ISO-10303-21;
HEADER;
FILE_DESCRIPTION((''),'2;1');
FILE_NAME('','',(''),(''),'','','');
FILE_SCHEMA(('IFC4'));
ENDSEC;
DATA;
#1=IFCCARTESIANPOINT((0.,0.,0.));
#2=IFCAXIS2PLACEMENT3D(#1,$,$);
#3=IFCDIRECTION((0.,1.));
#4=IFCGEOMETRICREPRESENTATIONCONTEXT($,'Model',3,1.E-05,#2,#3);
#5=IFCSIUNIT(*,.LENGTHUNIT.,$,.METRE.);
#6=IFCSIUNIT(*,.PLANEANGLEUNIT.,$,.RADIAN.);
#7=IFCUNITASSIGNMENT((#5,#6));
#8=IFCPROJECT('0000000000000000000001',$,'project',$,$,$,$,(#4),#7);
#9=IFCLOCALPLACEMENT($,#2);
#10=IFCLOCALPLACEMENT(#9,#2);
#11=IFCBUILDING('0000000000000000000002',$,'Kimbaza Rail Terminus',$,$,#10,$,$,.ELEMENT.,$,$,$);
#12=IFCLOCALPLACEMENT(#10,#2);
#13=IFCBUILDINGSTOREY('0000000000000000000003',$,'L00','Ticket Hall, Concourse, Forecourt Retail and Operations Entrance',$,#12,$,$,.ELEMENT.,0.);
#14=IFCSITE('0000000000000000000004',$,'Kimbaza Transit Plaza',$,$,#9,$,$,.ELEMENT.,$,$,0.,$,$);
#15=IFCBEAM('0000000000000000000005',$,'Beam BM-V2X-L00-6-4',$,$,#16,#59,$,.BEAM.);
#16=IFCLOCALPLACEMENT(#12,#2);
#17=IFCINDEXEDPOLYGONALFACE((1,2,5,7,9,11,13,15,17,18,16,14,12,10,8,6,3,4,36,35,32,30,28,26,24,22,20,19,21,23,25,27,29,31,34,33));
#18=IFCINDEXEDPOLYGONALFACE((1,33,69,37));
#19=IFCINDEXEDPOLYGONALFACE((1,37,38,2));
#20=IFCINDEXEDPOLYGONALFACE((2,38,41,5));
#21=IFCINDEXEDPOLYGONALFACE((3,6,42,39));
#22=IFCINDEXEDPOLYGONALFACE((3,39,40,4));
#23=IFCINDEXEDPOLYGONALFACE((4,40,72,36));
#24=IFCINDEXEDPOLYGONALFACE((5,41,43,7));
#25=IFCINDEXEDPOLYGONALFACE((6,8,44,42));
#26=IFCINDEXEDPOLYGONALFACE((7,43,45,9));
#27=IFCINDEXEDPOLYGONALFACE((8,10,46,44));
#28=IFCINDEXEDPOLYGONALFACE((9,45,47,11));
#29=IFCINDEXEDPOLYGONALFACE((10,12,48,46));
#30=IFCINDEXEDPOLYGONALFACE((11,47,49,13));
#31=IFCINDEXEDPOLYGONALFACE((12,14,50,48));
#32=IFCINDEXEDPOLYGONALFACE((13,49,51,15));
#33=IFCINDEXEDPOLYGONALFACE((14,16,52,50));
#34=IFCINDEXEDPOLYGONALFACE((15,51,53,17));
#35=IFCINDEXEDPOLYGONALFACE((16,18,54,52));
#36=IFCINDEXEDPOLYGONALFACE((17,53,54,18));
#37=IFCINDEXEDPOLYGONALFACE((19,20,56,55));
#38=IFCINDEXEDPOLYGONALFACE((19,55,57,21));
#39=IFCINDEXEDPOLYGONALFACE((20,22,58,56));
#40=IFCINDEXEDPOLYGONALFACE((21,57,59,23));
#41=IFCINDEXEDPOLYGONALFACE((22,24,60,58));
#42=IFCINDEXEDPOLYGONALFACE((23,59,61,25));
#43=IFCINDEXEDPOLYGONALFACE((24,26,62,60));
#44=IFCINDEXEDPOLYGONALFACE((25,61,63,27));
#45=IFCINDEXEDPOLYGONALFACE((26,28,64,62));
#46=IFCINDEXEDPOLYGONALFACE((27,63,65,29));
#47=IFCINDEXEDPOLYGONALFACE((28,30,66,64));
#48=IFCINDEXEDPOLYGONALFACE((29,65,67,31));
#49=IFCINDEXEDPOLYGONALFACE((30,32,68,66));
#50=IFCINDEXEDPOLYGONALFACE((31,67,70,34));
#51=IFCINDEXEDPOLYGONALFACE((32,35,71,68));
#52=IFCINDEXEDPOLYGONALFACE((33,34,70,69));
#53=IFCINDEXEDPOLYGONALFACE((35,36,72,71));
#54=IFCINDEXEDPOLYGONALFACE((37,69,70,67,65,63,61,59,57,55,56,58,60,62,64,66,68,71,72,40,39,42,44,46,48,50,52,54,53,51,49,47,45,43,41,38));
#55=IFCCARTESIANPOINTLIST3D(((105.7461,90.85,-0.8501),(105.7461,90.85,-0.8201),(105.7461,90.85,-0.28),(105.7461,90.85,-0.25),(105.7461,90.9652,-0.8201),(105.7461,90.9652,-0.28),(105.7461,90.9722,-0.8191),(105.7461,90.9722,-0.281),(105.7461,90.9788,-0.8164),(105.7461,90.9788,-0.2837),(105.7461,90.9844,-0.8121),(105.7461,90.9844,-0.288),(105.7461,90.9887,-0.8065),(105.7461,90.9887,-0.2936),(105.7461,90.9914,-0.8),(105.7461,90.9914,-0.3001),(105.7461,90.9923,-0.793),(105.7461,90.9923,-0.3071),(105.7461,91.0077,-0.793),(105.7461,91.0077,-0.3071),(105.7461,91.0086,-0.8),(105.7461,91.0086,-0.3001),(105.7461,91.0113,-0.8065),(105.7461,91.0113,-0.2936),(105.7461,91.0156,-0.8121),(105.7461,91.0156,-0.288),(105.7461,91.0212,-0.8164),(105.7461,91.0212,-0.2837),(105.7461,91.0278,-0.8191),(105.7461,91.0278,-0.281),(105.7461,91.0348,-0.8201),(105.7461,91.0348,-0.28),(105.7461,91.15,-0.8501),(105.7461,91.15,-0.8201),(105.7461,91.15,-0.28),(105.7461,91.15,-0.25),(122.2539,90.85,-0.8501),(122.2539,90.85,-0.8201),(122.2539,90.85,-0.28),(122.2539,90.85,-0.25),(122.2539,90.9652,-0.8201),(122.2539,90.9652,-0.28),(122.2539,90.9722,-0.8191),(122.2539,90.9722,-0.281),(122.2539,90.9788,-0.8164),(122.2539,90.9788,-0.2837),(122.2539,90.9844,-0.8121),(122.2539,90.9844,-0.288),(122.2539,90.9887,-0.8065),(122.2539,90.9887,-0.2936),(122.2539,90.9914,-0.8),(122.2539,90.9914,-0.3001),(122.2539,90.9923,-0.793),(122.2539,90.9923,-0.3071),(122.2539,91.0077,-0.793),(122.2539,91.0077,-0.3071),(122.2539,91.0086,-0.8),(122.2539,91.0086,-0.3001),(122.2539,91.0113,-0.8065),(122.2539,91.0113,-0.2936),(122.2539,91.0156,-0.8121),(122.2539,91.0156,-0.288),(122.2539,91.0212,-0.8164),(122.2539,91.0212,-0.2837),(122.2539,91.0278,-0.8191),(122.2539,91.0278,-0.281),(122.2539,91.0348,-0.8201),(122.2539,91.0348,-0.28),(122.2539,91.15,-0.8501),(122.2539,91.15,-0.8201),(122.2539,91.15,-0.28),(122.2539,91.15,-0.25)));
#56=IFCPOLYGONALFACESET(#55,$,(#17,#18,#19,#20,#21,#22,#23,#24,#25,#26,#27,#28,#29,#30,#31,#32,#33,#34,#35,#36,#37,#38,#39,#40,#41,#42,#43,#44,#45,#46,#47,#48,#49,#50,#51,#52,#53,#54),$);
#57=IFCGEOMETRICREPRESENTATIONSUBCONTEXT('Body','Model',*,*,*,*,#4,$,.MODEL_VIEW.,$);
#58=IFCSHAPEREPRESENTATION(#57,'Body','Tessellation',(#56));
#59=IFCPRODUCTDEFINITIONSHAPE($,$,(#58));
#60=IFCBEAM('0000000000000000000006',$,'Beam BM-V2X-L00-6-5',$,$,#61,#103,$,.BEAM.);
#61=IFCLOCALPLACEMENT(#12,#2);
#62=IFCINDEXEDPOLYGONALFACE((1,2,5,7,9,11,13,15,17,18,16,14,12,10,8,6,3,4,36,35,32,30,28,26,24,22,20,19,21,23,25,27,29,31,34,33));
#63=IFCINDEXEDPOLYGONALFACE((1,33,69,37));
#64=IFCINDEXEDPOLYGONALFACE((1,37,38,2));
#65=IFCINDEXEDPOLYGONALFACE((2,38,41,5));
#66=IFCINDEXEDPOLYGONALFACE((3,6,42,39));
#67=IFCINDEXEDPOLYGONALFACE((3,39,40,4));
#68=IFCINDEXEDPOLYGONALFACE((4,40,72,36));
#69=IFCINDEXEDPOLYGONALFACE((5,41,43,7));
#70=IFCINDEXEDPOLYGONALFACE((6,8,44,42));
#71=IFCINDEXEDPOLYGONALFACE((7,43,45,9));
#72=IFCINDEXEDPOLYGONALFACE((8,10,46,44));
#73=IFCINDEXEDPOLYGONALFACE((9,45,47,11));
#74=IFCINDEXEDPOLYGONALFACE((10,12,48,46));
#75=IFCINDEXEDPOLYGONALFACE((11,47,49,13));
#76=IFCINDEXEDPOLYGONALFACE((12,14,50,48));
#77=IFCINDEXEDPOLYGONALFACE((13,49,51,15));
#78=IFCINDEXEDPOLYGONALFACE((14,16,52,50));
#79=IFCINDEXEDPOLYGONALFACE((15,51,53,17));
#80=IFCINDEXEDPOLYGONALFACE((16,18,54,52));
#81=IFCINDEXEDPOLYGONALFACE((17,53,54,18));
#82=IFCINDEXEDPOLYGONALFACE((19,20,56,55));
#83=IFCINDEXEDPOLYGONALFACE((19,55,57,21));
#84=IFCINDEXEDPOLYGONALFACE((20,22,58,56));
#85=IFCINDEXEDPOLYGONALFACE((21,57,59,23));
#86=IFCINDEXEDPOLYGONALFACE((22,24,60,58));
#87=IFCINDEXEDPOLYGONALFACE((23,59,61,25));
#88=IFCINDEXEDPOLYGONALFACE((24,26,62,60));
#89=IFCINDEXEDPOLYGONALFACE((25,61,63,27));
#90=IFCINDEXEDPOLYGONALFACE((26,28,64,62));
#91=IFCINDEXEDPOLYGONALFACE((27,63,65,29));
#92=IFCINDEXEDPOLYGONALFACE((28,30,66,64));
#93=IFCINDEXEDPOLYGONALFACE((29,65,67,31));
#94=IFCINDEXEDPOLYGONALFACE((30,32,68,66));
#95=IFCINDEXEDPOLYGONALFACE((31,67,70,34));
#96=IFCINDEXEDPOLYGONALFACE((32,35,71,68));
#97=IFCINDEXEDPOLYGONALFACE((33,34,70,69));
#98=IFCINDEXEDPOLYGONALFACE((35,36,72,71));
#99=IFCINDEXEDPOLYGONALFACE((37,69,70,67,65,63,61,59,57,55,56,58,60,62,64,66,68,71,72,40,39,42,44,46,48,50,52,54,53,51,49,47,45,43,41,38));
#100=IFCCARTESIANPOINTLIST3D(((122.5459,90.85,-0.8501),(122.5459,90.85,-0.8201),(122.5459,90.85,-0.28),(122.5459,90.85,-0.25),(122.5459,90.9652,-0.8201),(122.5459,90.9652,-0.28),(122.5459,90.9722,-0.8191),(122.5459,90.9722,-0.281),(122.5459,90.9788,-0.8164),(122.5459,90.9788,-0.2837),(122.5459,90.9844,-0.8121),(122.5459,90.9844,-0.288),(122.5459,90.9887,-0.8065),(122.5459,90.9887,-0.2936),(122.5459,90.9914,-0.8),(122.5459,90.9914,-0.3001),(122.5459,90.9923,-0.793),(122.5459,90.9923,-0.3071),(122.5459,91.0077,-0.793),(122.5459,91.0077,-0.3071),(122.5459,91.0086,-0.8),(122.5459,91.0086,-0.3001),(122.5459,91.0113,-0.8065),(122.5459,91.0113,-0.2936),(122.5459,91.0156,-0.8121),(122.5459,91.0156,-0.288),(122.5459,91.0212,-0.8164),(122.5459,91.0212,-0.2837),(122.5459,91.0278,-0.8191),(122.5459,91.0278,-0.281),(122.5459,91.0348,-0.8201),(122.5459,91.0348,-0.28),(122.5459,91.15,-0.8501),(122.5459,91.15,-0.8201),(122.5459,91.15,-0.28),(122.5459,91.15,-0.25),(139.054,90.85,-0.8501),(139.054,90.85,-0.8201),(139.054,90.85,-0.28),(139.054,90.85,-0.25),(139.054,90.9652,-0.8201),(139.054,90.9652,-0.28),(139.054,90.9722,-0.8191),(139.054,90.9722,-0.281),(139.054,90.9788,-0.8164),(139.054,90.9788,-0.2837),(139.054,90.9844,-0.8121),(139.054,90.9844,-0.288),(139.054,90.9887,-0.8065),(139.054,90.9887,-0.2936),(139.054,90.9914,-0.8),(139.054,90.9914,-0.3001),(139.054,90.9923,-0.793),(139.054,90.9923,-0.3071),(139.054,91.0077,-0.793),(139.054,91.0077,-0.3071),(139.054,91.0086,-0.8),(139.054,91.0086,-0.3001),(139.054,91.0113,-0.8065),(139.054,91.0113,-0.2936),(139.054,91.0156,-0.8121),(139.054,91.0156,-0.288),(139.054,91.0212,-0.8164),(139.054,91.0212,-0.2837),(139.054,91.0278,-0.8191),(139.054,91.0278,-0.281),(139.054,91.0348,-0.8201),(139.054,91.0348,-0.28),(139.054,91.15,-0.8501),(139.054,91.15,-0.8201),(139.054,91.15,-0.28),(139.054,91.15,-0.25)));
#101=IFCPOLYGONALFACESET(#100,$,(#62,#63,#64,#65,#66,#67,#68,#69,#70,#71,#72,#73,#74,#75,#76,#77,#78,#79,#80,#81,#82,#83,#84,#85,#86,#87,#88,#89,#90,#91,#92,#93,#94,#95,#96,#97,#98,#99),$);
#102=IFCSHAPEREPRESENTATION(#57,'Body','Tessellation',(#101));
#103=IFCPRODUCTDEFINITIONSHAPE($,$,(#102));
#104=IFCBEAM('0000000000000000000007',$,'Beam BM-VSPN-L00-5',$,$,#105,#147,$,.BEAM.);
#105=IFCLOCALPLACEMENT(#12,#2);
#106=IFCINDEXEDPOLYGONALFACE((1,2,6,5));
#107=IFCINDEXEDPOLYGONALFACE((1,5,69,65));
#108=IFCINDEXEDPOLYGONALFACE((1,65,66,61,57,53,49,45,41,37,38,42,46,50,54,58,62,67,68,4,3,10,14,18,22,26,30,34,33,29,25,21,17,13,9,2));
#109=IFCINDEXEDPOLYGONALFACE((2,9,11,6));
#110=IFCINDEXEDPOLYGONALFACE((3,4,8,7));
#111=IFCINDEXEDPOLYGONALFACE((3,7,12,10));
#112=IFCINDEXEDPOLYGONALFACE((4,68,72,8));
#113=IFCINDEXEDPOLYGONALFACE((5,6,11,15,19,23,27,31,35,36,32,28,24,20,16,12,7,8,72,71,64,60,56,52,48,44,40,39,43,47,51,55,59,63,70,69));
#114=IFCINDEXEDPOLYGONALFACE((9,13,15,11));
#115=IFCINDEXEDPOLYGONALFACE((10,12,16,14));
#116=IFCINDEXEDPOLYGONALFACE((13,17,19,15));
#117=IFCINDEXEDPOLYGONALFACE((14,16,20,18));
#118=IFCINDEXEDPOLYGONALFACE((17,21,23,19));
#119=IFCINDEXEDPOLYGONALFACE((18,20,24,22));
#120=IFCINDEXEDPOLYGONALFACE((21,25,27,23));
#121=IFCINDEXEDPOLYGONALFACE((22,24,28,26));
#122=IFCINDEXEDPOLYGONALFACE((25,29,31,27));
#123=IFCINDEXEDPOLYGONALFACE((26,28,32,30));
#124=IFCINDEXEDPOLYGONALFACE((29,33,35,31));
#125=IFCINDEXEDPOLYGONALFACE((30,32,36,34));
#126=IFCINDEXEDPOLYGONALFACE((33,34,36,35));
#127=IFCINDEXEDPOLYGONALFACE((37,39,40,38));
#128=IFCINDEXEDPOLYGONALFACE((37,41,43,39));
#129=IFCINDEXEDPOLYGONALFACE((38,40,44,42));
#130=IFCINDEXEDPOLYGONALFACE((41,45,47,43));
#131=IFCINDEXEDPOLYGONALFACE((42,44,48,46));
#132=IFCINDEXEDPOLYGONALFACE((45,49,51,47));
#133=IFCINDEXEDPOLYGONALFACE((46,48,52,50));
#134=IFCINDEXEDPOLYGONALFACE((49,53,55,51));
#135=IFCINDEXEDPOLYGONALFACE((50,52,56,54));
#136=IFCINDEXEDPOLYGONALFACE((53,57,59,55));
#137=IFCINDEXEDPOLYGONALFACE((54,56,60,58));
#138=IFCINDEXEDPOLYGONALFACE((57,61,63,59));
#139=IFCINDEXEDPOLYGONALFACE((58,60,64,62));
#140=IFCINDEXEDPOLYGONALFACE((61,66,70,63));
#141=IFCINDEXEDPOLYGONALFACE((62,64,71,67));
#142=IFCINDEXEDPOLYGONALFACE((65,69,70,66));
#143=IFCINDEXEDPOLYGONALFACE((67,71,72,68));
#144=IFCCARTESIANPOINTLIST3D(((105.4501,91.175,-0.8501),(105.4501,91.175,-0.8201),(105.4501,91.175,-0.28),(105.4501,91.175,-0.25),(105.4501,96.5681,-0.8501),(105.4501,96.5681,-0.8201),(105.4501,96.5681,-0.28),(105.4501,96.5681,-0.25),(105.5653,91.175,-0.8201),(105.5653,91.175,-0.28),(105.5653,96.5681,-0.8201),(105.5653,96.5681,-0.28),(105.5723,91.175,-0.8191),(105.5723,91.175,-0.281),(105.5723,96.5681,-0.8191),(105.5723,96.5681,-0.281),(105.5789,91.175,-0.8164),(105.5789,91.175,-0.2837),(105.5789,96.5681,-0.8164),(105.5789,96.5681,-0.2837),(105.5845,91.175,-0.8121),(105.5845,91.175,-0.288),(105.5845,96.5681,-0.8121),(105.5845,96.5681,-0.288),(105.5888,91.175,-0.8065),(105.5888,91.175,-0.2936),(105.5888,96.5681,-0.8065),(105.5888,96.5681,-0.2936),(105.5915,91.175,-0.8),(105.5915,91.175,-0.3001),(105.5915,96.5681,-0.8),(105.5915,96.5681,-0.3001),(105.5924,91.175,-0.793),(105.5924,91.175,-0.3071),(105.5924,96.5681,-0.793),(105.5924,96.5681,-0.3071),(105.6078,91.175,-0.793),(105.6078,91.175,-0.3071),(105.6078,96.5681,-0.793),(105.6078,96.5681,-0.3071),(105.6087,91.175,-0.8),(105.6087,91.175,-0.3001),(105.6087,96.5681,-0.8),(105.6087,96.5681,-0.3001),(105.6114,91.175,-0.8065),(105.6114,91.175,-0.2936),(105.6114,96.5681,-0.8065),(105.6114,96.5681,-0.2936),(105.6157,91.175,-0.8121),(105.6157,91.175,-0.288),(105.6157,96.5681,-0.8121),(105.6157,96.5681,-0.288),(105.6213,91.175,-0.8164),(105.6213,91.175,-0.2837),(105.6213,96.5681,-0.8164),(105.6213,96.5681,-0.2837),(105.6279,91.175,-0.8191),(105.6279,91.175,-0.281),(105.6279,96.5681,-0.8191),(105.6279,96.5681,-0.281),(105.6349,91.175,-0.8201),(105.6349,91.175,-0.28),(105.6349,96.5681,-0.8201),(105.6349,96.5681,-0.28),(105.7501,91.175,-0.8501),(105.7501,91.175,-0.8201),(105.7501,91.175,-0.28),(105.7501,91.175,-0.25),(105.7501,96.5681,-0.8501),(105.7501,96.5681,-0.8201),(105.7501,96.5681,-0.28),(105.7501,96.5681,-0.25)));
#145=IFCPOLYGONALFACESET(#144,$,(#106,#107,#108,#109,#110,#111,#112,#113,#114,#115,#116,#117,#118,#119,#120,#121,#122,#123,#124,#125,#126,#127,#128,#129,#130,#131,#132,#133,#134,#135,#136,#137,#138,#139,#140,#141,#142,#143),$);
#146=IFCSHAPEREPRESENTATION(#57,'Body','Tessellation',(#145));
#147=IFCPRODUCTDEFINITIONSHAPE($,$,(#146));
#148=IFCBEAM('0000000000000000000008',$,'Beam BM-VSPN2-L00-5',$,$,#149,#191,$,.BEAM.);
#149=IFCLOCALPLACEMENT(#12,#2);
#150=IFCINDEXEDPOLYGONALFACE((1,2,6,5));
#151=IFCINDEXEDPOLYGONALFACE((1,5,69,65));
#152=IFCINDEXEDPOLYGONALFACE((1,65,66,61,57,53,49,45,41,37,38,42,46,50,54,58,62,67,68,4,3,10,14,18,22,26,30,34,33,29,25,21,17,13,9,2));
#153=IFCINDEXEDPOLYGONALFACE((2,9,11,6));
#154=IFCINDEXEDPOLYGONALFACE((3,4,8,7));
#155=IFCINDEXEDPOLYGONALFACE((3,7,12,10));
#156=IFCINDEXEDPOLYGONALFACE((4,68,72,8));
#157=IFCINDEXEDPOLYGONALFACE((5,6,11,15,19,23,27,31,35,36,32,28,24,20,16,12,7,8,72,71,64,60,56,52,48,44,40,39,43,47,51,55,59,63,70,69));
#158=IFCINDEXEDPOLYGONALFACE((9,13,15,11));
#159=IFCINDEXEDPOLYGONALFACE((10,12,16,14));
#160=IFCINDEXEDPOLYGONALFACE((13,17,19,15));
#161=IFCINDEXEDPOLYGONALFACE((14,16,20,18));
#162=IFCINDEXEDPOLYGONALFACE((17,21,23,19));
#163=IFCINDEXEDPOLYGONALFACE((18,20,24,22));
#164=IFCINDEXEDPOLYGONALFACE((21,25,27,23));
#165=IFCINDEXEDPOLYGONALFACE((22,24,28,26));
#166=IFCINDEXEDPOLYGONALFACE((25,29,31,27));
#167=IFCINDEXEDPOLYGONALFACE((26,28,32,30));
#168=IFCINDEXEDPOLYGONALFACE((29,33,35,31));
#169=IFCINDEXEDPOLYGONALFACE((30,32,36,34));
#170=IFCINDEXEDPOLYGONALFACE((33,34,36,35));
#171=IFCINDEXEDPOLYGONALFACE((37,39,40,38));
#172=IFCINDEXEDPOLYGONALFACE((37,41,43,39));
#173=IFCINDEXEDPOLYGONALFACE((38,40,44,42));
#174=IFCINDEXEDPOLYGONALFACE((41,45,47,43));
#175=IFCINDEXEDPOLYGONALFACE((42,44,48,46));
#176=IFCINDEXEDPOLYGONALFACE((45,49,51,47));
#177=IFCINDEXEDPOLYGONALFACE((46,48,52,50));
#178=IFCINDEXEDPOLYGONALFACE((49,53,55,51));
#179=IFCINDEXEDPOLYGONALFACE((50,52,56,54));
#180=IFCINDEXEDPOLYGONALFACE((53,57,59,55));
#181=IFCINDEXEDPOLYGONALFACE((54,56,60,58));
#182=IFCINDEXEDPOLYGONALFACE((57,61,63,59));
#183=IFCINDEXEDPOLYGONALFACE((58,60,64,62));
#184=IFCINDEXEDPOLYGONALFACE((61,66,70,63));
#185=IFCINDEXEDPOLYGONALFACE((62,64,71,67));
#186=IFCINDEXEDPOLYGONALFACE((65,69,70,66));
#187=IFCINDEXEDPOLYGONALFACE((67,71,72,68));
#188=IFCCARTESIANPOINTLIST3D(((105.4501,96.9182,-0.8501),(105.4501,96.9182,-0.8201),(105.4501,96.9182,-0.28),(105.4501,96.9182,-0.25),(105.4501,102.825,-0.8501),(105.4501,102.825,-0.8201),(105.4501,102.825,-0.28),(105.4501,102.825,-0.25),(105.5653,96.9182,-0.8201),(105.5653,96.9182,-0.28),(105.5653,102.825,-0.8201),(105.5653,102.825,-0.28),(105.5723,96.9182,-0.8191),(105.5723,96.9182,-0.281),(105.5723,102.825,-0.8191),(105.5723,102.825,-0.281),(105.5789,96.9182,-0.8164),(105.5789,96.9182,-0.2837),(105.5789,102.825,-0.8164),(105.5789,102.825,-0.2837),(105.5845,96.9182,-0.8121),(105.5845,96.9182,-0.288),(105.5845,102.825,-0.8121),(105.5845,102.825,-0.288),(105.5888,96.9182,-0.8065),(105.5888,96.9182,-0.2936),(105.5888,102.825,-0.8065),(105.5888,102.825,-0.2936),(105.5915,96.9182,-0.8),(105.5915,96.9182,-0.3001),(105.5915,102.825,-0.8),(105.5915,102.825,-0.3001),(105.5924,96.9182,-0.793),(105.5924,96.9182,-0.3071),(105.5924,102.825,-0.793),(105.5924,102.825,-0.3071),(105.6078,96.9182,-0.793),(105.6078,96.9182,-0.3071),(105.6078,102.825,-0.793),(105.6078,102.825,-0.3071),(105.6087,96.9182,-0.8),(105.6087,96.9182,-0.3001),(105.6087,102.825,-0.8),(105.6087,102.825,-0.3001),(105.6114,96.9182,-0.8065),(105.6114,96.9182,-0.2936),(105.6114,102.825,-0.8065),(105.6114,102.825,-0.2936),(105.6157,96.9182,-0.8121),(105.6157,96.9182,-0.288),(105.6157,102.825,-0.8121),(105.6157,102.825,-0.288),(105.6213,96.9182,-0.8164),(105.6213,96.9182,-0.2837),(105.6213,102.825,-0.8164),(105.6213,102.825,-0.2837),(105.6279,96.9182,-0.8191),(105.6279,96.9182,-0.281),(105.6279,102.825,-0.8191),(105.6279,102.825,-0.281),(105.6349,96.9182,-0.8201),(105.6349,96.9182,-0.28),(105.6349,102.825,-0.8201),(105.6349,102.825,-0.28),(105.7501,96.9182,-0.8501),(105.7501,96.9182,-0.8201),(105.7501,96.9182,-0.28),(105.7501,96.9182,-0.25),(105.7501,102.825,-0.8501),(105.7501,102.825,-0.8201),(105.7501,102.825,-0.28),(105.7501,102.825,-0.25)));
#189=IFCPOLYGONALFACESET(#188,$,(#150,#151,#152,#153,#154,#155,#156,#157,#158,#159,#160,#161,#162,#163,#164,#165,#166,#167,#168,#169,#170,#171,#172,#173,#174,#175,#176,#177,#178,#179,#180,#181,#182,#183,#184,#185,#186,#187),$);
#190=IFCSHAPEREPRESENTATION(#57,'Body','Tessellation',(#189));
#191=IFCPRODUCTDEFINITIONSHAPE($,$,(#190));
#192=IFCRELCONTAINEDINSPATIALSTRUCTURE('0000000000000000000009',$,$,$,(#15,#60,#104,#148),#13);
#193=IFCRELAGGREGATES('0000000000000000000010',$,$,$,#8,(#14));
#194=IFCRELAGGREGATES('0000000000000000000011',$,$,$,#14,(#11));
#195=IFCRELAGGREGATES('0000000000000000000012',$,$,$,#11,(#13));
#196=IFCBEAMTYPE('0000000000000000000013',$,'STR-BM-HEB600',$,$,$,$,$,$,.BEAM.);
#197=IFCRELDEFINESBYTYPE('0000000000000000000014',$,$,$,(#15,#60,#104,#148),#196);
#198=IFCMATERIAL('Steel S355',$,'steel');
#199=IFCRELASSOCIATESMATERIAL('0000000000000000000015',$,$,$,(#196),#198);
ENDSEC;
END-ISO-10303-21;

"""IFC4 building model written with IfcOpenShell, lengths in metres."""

from ifc_helpers import new_model, si_unit, direction, frame, origin, origin_2d, place, context, subcontext, project, spatial, i_section, extrude, material, material_profile, profile_set, type_object, element, save


model = new_model("IFC4")

# Units and contexts
model_context = context("Model", 3, precision=1e-05, world=origin(), true_north=direction((0.0, 1.0)))
body_context = subcontext(model_context, "Body", "Model", "MODEL_VIEW")
ifc_project = project(units=[si_unit("LENGTHUNIT", "METRE"), si_unit("PLANEANGLEUNIT", "RADIAN")], contexts=[model_context])

# Site, building, storey
site_placement = place(None, origin())
site = spatial("IfcSite", under=ifc_project, at=site_placement, Name="Kimbaza Transit Plaza", CompositionType="ELEMENT", RefElevation=0.0)
building_placement = place(site_placement, origin())
building = spatial("IfcBuilding", under=site, at=building_placement, Name="Kimbaza Rail Terminus", CompositionType="ELEMENT")
storey_placement = place(building_placement, origin())
storey = spatial("IfcBuildingStorey", under=building, at=storey_placement, Name="L00", Description="Ticket Hall, Concourse, Forecourt Retail and Operations Entrance", CompositionType="ELEMENT", Elevation=0.0)

# Beams
ifc_material_1 = material(Name="Steel S355", Category="steel")
ifc_material_profile_1 = material_profile(ifc_material_1, i_section(OverallWidth=0.3, OverallDepth=0.6001, WebThickness=0.0154, FlangeThickness=0.03, FilletRadius=0.0271, at=origin_2d()), Name="HEB 600")
ifc_profile_set_1 = profile_set([ifc_material_profile_1], Name="Steel S355")
beam_type_1 = type_object("IfcBeamType", Name="STR-BM-HEB600", PredefinedType="BEAM", material=ifc_profile_set_1)
beam_1_placement = place(storey_placement, frame((105.7461, 91.0, -0.55), z_axis=(1.0, 0.0, 0.0), x_axis=(0.0, 1.0, 0.0)))
element("IfcBeam", 1, at=beam_1_placement, inside=storey, type_object=beam_type_1, Name="Beam BM-V2X-L00-6-4", PredefinedType="BEAM", context=body_context, shape_type="SweptSolid", body=[
    extrude(i_section(OverallWidth=0.3, OverallDepth=0.6001, WebThickness=0.0154, FlangeThickness=0.03, FilletRadius=0.0271, at=origin_2d()), origin(), (0.0, 0.0, 1.0), 16.5078),
])
beam_2_placement = place(storey_placement, frame((122.5459, 91.0, -0.55), z_axis=(1.0, 0.0, 0.0), x_axis=(0.0, 1.0, 0.0)))
element("IfcBeam", 2, at=beam_2_placement, inside=storey, type_object=beam_type_1, Name="Beam BM-V2X-L00-6-5", PredefinedType="BEAM", context=body_context, shape_type="SweptSolid", body=[
    extrude(i_section(OverallWidth=0.3, OverallDepth=0.6001, WebThickness=0.0154, FlangeThickness=0.03, FilletRadius=0.0271, at=origin_2d()), origin(), (0.0, 0.0, 1.0), 16.5081),
])
beam_3_placement = place(storey_placement, frame((105.6001, 91.175, -0.55), z_axis=(0.0, 1.0, 0.0), x_axis=(-1.0, 0.0, 0.0)))
element("IfcBeam", 3, at=beam_3_placement, inside=storey, type_object=beam_type_1, Name="Beam BM-VSPN-L00-5", PredefinedType="BEAM", context=body_context, shape_type="SweptSolid", body=[
    extrude(i_section(OverallWidth=0.3, OverallDepth=0.6001, WebThickness=0.0154, FlangeThickness=0.03, FilletRadius=0.0271, at=origin_2d()), origin(), (0.0, 0.0, 1.0), 5.3931),
])
beam_4_placement = place(storey_placement, frame((105.6001, 96.9182, -0.55), z_axis=(0.0, 1.0, 0.0), x_axis=(-1.0, 0.0, 0.0)))
element("IfcBeam", 4, at=beam_4_placement, inside=storey, type_object=beam_type_1, Name="Beam BM-VSPN2-L00-5", PredefinedType="BEAM", context=body_context, shape_type="SweptSolid", body=[
    extrude(i_section(OverallWidth=0.3, OverallDepth=0.6001, WebThickness=0.0154, FlangeThickness=0.03, FilletRadius=0.0271, at=origin_2d()), origin(), (0.0, 0.0, 1.0), 5.9067),
])

save(model, "model.ifc")
